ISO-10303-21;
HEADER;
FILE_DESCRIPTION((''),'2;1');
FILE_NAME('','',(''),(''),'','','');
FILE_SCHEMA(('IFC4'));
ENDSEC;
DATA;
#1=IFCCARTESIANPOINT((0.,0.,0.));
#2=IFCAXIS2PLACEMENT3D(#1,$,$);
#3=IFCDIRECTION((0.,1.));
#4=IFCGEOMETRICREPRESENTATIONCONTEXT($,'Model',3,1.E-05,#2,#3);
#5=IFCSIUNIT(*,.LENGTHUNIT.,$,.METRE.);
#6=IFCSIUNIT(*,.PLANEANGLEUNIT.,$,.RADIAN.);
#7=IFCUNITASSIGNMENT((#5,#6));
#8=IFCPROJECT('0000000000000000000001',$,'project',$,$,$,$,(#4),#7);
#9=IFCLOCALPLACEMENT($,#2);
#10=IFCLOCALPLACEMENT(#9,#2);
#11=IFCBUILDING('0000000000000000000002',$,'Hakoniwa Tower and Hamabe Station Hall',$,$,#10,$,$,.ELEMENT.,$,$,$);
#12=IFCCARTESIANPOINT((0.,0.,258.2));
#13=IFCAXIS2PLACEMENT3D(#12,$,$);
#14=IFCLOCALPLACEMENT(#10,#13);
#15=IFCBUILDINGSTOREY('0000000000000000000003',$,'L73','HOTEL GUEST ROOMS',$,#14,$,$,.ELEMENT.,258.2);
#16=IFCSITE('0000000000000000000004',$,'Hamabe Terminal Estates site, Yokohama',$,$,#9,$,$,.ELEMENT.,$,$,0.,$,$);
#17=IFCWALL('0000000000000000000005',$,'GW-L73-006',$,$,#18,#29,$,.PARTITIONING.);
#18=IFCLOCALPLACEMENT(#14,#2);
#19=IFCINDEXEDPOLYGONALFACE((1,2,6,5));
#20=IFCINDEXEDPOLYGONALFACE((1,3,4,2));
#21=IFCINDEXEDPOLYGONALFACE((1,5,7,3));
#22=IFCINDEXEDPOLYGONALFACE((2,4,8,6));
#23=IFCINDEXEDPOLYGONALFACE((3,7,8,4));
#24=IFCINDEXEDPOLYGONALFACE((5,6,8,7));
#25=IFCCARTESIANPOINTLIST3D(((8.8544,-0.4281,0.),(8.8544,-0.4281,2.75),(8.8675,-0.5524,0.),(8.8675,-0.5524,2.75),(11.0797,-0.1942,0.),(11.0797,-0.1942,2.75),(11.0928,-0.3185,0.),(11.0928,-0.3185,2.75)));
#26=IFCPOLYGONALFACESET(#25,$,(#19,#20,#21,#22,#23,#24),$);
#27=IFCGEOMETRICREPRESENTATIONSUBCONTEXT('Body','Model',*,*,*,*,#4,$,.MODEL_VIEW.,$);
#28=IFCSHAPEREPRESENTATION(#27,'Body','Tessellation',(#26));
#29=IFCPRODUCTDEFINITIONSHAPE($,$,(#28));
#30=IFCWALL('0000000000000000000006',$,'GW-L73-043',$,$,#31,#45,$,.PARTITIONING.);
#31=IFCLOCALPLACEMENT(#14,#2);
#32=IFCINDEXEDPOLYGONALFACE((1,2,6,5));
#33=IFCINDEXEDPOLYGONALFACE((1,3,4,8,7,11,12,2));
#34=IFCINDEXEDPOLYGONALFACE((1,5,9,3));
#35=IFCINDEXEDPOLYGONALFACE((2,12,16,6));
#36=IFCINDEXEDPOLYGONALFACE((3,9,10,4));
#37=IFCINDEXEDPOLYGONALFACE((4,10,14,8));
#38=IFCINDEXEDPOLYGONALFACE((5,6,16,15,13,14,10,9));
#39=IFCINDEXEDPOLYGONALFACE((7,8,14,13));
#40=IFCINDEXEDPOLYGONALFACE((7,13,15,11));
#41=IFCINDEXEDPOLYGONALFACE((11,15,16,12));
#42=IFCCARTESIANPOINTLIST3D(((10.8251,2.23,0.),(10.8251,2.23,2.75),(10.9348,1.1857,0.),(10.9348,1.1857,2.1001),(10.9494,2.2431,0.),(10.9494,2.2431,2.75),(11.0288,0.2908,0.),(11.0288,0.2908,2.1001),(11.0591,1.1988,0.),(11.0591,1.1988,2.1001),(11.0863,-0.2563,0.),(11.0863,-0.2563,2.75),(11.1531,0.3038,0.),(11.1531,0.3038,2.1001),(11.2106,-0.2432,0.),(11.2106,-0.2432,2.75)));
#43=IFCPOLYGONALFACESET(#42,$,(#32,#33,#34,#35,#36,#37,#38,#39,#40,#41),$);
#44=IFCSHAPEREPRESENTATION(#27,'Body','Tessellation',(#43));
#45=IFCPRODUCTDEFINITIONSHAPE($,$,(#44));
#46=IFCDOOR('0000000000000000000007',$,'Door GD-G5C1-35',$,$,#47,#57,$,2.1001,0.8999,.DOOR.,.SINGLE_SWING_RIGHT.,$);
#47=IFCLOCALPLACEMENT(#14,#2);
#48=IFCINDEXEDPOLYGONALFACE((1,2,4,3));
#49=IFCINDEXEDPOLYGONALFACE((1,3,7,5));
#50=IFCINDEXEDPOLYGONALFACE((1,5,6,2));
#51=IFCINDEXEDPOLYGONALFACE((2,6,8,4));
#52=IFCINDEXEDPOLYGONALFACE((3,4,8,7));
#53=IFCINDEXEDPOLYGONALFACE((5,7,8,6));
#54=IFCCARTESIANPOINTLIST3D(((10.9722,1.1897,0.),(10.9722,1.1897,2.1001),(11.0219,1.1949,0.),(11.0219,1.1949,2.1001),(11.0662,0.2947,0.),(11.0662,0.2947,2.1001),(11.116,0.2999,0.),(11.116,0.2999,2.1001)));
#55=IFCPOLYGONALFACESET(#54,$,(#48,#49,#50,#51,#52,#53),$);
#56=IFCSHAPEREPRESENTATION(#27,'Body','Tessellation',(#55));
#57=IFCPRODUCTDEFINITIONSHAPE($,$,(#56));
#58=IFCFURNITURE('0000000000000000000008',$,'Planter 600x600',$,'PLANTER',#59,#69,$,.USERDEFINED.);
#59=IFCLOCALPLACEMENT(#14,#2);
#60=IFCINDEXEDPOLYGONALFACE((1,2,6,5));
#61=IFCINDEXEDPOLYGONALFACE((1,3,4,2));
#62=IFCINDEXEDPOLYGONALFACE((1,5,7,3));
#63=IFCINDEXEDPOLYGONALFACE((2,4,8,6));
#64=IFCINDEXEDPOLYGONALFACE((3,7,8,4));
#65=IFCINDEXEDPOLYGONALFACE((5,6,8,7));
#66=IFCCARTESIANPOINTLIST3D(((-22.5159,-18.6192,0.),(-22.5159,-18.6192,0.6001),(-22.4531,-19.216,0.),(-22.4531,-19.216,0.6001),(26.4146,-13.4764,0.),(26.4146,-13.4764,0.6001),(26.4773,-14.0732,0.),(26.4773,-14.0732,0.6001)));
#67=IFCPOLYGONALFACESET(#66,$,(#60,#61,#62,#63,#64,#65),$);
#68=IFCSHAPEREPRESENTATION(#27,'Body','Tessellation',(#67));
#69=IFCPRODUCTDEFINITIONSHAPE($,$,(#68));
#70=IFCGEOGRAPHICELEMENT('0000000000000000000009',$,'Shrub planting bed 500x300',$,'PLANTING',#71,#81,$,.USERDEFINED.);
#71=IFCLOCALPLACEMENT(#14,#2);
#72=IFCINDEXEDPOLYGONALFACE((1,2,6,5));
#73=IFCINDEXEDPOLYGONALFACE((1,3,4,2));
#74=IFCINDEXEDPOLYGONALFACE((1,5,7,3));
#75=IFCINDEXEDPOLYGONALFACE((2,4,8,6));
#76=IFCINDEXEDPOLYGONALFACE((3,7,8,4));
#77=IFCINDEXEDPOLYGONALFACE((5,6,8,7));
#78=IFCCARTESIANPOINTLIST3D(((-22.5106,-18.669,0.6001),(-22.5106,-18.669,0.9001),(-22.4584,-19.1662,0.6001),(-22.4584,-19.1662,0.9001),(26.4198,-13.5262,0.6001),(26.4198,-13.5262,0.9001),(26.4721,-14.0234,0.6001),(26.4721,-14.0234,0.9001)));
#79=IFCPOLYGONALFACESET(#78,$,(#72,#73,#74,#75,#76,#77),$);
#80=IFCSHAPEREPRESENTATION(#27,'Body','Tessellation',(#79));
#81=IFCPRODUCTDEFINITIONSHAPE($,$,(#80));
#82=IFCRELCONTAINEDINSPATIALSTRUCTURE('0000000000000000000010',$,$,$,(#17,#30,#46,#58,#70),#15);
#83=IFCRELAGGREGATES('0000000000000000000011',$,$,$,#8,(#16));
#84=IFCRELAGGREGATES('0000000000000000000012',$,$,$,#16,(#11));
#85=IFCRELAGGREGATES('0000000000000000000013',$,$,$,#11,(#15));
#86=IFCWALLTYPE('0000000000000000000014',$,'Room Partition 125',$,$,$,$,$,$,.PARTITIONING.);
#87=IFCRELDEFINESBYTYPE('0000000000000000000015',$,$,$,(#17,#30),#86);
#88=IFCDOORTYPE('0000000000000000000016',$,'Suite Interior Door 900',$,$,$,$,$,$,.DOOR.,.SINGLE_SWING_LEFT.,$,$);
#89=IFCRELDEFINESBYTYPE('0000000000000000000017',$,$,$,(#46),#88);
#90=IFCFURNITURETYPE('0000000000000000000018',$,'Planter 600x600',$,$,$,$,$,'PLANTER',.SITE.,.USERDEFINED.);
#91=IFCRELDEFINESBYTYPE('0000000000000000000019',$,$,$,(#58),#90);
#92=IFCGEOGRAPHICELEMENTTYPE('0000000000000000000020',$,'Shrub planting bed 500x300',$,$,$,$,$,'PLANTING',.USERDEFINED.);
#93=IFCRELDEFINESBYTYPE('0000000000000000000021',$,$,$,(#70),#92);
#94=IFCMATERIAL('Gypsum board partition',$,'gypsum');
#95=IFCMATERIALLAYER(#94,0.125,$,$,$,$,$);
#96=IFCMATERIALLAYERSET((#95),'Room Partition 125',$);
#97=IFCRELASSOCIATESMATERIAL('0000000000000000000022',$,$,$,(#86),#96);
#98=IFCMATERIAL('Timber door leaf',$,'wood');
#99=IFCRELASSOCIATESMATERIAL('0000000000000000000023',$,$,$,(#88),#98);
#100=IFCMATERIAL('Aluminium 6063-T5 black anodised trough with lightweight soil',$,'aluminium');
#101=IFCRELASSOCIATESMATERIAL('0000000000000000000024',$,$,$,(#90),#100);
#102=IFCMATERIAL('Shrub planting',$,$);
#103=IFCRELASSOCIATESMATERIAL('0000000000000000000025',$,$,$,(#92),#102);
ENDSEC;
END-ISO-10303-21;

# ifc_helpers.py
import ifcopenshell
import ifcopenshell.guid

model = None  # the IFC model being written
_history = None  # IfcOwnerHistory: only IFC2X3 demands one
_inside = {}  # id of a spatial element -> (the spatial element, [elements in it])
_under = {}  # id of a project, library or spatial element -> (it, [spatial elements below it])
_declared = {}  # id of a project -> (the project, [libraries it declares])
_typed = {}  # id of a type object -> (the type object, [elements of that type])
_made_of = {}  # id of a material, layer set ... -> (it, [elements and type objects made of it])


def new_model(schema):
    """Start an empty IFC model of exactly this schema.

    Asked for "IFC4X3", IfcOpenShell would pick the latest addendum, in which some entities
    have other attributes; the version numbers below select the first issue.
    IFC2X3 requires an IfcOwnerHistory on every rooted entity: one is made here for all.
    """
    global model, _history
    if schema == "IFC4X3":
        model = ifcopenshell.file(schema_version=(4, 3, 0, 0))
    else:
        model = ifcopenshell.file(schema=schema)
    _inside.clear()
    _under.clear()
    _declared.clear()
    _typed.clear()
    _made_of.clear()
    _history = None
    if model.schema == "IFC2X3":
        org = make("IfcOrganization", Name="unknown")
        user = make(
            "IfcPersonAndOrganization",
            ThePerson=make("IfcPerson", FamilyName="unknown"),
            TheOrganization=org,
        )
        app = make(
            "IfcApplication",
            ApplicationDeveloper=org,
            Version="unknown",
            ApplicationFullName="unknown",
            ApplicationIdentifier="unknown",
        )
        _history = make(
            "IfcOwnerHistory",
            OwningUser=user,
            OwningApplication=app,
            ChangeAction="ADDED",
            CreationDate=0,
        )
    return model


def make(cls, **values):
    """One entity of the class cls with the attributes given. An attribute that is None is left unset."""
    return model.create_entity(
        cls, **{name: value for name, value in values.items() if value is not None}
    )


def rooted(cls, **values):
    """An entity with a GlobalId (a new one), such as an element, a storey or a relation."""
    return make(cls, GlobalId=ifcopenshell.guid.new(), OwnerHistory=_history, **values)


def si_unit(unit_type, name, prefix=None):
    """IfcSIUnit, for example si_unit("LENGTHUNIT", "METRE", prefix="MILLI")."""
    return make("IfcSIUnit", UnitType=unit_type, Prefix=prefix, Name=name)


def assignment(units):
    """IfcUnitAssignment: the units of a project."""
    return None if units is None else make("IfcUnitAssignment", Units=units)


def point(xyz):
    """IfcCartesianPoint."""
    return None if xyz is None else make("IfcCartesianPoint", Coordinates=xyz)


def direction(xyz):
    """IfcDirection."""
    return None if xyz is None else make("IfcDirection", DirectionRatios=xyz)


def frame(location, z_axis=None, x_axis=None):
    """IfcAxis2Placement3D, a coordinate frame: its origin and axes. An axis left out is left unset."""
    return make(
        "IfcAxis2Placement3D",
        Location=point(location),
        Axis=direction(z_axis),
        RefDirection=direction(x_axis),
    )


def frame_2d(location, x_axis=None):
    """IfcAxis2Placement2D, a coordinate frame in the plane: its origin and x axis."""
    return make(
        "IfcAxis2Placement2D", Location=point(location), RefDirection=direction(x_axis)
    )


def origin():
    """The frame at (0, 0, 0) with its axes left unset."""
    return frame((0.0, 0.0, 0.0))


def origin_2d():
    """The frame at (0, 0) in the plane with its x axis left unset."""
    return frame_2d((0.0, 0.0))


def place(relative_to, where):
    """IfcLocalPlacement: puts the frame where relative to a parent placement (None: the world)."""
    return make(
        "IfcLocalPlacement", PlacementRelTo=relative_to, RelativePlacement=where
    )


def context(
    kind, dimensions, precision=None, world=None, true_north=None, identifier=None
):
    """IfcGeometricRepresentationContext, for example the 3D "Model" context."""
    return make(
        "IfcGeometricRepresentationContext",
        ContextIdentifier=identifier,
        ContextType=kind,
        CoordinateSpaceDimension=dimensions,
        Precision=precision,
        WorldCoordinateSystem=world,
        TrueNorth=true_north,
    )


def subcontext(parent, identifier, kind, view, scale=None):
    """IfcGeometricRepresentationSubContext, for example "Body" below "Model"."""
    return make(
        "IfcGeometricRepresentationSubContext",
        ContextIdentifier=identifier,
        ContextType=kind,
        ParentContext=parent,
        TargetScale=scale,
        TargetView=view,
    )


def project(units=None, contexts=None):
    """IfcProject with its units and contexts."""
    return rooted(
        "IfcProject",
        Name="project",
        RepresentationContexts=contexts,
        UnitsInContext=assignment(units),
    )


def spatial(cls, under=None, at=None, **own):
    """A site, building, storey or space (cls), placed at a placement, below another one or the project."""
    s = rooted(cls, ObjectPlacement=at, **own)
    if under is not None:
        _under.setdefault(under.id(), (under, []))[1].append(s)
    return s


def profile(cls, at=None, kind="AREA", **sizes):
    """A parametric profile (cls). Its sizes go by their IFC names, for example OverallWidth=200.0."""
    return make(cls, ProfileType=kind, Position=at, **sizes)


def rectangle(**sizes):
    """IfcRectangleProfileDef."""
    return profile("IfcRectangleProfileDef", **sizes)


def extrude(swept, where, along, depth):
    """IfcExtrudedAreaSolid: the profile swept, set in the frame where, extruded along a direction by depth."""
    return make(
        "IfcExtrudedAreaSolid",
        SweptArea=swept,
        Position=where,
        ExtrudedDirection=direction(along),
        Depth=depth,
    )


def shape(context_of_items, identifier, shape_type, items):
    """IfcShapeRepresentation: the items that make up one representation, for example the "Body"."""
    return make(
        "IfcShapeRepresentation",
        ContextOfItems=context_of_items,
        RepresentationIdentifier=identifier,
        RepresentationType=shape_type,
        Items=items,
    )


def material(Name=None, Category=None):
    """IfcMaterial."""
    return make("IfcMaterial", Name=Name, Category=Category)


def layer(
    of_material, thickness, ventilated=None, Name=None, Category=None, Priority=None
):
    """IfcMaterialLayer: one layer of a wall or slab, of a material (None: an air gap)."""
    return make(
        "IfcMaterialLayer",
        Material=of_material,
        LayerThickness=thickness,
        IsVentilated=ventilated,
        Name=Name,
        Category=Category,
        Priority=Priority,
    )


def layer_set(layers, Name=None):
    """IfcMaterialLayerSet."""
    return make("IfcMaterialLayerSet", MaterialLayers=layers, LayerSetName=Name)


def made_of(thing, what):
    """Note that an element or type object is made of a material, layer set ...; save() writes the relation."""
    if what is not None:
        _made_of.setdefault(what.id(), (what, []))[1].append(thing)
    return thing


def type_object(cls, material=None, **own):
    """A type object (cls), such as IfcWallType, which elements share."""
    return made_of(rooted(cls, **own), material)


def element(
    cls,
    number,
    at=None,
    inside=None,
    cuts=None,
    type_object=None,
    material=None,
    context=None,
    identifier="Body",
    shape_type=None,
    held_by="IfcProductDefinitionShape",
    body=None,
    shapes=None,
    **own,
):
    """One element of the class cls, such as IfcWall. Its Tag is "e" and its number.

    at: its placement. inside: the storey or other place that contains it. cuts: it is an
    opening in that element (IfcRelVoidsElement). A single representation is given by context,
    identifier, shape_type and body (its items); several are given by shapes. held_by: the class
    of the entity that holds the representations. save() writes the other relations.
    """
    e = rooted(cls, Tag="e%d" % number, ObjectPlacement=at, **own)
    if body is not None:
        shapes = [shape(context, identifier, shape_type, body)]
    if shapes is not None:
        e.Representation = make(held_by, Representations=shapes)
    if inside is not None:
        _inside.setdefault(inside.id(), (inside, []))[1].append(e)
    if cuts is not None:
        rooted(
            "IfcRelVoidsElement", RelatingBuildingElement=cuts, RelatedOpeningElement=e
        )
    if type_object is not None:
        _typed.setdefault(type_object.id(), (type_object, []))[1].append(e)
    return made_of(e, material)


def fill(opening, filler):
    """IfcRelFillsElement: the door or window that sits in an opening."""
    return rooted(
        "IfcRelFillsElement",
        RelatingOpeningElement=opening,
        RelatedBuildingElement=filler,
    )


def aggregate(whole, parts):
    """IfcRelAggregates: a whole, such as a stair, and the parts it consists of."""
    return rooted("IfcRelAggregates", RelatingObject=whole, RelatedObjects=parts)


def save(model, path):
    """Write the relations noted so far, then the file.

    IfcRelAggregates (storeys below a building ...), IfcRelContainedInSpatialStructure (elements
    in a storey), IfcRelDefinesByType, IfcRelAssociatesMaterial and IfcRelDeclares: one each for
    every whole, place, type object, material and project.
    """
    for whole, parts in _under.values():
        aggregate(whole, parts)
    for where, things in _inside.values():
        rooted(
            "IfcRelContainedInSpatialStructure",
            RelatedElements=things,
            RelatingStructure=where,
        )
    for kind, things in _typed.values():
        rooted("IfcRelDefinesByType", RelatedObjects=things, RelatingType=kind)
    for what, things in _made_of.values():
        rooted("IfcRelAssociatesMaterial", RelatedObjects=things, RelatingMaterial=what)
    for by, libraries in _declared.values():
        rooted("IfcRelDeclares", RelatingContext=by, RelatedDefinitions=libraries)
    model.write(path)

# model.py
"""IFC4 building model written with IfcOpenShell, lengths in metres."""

from ifc_helpers import new_model, si_unit, direction, frame, frame_2d, origin, origin_2d, place, context, subcontext, project, spatial, rectangle, extrude, material, layer, layer_set, type_object, element, fill, save


model = new_model("IFC4")

# Units and contexts
model_context = context("Model", 3, precision=1e-05, world=origin(), true_north=direction((0.0, 1.0)))
body_context = subcontext(model_context, "Body", "Model", "MODEL_VIEW")
ifc_project = project(units=[si_unit("LENGTHUNIT", "METRE"), si_unit("PLANEANGLEUNIT", "RADIAN")], contexts=[model_context])

# Site, building, storey
site_placement = place(None, origin())
site = spatial("IfcSite", under=ifc_project, at=site_placement, Name="Hamabe Terminal Estates site, Yokohama", CompositionType="ELEMENT", RefElevation=0.0)
building_placement = place(site_placement, origin())
building = spatial("IfcBuilding", under=site, at=building_placement, Name="Hakoniwa Tower and Hamabe Station Hall", CompositionType="ELEMENT")
storey_placement = place(building_placement, frame((0.0, 0.0, 258.2)))
storey = spatial("IfcBuildingStorey", under=building, at=storey_placement, Name="L73", Description="HOTEL GUEST ROOMS", CompositionType="ELEMENT", Elevation=258.2)

# Wall
ifc_material_1 = material(Name="Gypsum board partition", Category="gypsum")
ifc_layer_1 = layer(ifc_material_1, 0.125)
ifc_layer_set_1 = layer_set([ifc_layer_1], Name="Room Partition 125")
wall_type_1 = type_object("IfcWallType", Name="Room Partition 125", PredefinedType="PARTITIONING", material=ifc_layer_set_1)
wall_1_placement = place(storey_placement, frame((8.8611, -0.4902, 0.0), z_axis=(0.0, 0.0, 1.0), x_axis=(0.994522, 0.104526, 0.0)))
element("IfcWall", 1, at=wall_1_placement, inside=storey, type_object=wall_type_1, Name="GW-L73-006", PredefinedType="PARTITIONING", context=body_context, shape_type="SweptSolid", body=[
    extrude(rectangle(XDim=2.2375, YDim=0.125, at=frame_2d((1.1187, 0.0))), origin(), (0.0, 0.0, 1.0), 2.75),
])

# Wall, opening, door
wall_2_placement = place(storey_placement, frame((11.1484, -0.2498, 0.0), z_axis=(0.0, 0.0, 1.0), x_axis=(-0.104492, 0.994526, 0.0)))
wall_2 = element("IfcWall", 2, at=wall_2_placement, inside=storey, type_object=wall_type_1, Name="GW-L73-043", PredefinedType="PARTITIONING", context=body_context, shape_type="SweptSolid", body=[
    extrude(rectangle(XDim=2.5, YDim=0.125, at=frame_2d((1.25, 0.0))), origin(), (0.0, 0.0, 1.0), 2.75),
])
opening_1_placement = place(wall_2_placement, frame((0.55, 0.0, 0.0)))
opening_1 = element("IfcOpeningElement", 3, at=opening_1_placement, cuts=wall_2, PredefinedType="OPENING", context=body_context, shape_type="SweptSolid", body=[
    extrude(rectangle(XDim=0.8999, YDim=2.1001, at=frame_2d((0.45, 1.05))), frame((0.0, 0.0725, 0.0), z_axis=(0.0, -1.0, 0.0), x_axis=(1.0, 0.0, 0.0)), (0.0, 0.0, 1.0), 0.145),
])
ifc_material_2 = material(Name="Timber door leaf", Category="wood")
door_type_1 = type_object("IfcDoorType", Name="Suite Interior Door 900", OperationType="SINGLE_SWING_LEFT", PredefinedType="DOOR", material=ifc_material_2)
door_1_placement = place(opening_1_placement, origin())
door_1 = element("IfcDoor", 4, at=door_1_placement, inside=storey, type_object=door_type_1, Name="Door GD-G5C1-35", OperationType="SINGLE_SWING_RIGHT", OverallHeight=2.1001, OverallWidth=0.8999, PredefinedType="DOOR", context=body_context, shape_type="SweptSolid", body=[
    extrude(rectangle(XDim=0.8999, YDim=2.1001, at=frame_2d((0.45, 1.05))), frame((0.0, 0.0249, 0.0), z_axis=(0.0, -1.0, 0.0), x_axis=(1.0, 0.0, 0.0)), (0.0, 0.0, 1.0), 0.05),
])
fill(opening_1, door_1)

# Furniture
ifc_material_3 = material(Name="Aluminium 6063-T5 black anodised trough with lightweight soil", Category="aluminium")
furniture_type = type_object("IfcFurnitureType", Name="Planter 600x600", ElementType="PLANTER", AssemblyPlace="SITE", PredefinedType="USERDEFINED", material=ifc_material_3)
furniture_placement = place(storey_placement, frame((1.9807, -16.3462, 0.0), z_axis=(0.0, 0.0, 1.0), x_axis=(0.994522, 0.104528, 0.0)))
element("IfcFurniture", 5, at=furniture_placement, inside=storey, type_object=furniture_type, Name="Planter 600x600", ObjectType="PLANTER", PredefinedType="USERDEFINED", context=body_context, shape_type="SweptSolid", body=[
    extrude(rectangle(XDim=49.2, YDim=0.6001, at=origin_2d()), origin(), (0.0, 0.0, 1.0), 0.6001),
])

# Geographic element
ifc_material_4 = material(Name="Shrub planting")
geographic_element_type = type_object("IfcGeographicElementType", Name="Shrub planting bed 500x300", ElementType="PLANTING", PredefinedType="USERDEFINED", material=ifc_material_4)
geographic_element_placement = place(storey_placement, frame((1.9807, -16.3462, 0.6001), z_axis=(0.0, 0.0, 1.0), x_axis=(0.994522, 0.104528, 0.0)))
element("IfcGeographicElement", 6, at=geographic_element_placement, inside=storey, type_object=geographic_element_type, Name="Shrub planting bed 500x300", ObjectType="PLANTING", PredefinedType="USERDEFINED", context=body_context, shape_type="SweptSolid", body=[
    extrude(rectangle(XDim=49.2, YDim=0.5, at=origin_2d()), origin(), (0.0, 0.0, 1.0), 0.3),
])

save(model, "model.ifc")
